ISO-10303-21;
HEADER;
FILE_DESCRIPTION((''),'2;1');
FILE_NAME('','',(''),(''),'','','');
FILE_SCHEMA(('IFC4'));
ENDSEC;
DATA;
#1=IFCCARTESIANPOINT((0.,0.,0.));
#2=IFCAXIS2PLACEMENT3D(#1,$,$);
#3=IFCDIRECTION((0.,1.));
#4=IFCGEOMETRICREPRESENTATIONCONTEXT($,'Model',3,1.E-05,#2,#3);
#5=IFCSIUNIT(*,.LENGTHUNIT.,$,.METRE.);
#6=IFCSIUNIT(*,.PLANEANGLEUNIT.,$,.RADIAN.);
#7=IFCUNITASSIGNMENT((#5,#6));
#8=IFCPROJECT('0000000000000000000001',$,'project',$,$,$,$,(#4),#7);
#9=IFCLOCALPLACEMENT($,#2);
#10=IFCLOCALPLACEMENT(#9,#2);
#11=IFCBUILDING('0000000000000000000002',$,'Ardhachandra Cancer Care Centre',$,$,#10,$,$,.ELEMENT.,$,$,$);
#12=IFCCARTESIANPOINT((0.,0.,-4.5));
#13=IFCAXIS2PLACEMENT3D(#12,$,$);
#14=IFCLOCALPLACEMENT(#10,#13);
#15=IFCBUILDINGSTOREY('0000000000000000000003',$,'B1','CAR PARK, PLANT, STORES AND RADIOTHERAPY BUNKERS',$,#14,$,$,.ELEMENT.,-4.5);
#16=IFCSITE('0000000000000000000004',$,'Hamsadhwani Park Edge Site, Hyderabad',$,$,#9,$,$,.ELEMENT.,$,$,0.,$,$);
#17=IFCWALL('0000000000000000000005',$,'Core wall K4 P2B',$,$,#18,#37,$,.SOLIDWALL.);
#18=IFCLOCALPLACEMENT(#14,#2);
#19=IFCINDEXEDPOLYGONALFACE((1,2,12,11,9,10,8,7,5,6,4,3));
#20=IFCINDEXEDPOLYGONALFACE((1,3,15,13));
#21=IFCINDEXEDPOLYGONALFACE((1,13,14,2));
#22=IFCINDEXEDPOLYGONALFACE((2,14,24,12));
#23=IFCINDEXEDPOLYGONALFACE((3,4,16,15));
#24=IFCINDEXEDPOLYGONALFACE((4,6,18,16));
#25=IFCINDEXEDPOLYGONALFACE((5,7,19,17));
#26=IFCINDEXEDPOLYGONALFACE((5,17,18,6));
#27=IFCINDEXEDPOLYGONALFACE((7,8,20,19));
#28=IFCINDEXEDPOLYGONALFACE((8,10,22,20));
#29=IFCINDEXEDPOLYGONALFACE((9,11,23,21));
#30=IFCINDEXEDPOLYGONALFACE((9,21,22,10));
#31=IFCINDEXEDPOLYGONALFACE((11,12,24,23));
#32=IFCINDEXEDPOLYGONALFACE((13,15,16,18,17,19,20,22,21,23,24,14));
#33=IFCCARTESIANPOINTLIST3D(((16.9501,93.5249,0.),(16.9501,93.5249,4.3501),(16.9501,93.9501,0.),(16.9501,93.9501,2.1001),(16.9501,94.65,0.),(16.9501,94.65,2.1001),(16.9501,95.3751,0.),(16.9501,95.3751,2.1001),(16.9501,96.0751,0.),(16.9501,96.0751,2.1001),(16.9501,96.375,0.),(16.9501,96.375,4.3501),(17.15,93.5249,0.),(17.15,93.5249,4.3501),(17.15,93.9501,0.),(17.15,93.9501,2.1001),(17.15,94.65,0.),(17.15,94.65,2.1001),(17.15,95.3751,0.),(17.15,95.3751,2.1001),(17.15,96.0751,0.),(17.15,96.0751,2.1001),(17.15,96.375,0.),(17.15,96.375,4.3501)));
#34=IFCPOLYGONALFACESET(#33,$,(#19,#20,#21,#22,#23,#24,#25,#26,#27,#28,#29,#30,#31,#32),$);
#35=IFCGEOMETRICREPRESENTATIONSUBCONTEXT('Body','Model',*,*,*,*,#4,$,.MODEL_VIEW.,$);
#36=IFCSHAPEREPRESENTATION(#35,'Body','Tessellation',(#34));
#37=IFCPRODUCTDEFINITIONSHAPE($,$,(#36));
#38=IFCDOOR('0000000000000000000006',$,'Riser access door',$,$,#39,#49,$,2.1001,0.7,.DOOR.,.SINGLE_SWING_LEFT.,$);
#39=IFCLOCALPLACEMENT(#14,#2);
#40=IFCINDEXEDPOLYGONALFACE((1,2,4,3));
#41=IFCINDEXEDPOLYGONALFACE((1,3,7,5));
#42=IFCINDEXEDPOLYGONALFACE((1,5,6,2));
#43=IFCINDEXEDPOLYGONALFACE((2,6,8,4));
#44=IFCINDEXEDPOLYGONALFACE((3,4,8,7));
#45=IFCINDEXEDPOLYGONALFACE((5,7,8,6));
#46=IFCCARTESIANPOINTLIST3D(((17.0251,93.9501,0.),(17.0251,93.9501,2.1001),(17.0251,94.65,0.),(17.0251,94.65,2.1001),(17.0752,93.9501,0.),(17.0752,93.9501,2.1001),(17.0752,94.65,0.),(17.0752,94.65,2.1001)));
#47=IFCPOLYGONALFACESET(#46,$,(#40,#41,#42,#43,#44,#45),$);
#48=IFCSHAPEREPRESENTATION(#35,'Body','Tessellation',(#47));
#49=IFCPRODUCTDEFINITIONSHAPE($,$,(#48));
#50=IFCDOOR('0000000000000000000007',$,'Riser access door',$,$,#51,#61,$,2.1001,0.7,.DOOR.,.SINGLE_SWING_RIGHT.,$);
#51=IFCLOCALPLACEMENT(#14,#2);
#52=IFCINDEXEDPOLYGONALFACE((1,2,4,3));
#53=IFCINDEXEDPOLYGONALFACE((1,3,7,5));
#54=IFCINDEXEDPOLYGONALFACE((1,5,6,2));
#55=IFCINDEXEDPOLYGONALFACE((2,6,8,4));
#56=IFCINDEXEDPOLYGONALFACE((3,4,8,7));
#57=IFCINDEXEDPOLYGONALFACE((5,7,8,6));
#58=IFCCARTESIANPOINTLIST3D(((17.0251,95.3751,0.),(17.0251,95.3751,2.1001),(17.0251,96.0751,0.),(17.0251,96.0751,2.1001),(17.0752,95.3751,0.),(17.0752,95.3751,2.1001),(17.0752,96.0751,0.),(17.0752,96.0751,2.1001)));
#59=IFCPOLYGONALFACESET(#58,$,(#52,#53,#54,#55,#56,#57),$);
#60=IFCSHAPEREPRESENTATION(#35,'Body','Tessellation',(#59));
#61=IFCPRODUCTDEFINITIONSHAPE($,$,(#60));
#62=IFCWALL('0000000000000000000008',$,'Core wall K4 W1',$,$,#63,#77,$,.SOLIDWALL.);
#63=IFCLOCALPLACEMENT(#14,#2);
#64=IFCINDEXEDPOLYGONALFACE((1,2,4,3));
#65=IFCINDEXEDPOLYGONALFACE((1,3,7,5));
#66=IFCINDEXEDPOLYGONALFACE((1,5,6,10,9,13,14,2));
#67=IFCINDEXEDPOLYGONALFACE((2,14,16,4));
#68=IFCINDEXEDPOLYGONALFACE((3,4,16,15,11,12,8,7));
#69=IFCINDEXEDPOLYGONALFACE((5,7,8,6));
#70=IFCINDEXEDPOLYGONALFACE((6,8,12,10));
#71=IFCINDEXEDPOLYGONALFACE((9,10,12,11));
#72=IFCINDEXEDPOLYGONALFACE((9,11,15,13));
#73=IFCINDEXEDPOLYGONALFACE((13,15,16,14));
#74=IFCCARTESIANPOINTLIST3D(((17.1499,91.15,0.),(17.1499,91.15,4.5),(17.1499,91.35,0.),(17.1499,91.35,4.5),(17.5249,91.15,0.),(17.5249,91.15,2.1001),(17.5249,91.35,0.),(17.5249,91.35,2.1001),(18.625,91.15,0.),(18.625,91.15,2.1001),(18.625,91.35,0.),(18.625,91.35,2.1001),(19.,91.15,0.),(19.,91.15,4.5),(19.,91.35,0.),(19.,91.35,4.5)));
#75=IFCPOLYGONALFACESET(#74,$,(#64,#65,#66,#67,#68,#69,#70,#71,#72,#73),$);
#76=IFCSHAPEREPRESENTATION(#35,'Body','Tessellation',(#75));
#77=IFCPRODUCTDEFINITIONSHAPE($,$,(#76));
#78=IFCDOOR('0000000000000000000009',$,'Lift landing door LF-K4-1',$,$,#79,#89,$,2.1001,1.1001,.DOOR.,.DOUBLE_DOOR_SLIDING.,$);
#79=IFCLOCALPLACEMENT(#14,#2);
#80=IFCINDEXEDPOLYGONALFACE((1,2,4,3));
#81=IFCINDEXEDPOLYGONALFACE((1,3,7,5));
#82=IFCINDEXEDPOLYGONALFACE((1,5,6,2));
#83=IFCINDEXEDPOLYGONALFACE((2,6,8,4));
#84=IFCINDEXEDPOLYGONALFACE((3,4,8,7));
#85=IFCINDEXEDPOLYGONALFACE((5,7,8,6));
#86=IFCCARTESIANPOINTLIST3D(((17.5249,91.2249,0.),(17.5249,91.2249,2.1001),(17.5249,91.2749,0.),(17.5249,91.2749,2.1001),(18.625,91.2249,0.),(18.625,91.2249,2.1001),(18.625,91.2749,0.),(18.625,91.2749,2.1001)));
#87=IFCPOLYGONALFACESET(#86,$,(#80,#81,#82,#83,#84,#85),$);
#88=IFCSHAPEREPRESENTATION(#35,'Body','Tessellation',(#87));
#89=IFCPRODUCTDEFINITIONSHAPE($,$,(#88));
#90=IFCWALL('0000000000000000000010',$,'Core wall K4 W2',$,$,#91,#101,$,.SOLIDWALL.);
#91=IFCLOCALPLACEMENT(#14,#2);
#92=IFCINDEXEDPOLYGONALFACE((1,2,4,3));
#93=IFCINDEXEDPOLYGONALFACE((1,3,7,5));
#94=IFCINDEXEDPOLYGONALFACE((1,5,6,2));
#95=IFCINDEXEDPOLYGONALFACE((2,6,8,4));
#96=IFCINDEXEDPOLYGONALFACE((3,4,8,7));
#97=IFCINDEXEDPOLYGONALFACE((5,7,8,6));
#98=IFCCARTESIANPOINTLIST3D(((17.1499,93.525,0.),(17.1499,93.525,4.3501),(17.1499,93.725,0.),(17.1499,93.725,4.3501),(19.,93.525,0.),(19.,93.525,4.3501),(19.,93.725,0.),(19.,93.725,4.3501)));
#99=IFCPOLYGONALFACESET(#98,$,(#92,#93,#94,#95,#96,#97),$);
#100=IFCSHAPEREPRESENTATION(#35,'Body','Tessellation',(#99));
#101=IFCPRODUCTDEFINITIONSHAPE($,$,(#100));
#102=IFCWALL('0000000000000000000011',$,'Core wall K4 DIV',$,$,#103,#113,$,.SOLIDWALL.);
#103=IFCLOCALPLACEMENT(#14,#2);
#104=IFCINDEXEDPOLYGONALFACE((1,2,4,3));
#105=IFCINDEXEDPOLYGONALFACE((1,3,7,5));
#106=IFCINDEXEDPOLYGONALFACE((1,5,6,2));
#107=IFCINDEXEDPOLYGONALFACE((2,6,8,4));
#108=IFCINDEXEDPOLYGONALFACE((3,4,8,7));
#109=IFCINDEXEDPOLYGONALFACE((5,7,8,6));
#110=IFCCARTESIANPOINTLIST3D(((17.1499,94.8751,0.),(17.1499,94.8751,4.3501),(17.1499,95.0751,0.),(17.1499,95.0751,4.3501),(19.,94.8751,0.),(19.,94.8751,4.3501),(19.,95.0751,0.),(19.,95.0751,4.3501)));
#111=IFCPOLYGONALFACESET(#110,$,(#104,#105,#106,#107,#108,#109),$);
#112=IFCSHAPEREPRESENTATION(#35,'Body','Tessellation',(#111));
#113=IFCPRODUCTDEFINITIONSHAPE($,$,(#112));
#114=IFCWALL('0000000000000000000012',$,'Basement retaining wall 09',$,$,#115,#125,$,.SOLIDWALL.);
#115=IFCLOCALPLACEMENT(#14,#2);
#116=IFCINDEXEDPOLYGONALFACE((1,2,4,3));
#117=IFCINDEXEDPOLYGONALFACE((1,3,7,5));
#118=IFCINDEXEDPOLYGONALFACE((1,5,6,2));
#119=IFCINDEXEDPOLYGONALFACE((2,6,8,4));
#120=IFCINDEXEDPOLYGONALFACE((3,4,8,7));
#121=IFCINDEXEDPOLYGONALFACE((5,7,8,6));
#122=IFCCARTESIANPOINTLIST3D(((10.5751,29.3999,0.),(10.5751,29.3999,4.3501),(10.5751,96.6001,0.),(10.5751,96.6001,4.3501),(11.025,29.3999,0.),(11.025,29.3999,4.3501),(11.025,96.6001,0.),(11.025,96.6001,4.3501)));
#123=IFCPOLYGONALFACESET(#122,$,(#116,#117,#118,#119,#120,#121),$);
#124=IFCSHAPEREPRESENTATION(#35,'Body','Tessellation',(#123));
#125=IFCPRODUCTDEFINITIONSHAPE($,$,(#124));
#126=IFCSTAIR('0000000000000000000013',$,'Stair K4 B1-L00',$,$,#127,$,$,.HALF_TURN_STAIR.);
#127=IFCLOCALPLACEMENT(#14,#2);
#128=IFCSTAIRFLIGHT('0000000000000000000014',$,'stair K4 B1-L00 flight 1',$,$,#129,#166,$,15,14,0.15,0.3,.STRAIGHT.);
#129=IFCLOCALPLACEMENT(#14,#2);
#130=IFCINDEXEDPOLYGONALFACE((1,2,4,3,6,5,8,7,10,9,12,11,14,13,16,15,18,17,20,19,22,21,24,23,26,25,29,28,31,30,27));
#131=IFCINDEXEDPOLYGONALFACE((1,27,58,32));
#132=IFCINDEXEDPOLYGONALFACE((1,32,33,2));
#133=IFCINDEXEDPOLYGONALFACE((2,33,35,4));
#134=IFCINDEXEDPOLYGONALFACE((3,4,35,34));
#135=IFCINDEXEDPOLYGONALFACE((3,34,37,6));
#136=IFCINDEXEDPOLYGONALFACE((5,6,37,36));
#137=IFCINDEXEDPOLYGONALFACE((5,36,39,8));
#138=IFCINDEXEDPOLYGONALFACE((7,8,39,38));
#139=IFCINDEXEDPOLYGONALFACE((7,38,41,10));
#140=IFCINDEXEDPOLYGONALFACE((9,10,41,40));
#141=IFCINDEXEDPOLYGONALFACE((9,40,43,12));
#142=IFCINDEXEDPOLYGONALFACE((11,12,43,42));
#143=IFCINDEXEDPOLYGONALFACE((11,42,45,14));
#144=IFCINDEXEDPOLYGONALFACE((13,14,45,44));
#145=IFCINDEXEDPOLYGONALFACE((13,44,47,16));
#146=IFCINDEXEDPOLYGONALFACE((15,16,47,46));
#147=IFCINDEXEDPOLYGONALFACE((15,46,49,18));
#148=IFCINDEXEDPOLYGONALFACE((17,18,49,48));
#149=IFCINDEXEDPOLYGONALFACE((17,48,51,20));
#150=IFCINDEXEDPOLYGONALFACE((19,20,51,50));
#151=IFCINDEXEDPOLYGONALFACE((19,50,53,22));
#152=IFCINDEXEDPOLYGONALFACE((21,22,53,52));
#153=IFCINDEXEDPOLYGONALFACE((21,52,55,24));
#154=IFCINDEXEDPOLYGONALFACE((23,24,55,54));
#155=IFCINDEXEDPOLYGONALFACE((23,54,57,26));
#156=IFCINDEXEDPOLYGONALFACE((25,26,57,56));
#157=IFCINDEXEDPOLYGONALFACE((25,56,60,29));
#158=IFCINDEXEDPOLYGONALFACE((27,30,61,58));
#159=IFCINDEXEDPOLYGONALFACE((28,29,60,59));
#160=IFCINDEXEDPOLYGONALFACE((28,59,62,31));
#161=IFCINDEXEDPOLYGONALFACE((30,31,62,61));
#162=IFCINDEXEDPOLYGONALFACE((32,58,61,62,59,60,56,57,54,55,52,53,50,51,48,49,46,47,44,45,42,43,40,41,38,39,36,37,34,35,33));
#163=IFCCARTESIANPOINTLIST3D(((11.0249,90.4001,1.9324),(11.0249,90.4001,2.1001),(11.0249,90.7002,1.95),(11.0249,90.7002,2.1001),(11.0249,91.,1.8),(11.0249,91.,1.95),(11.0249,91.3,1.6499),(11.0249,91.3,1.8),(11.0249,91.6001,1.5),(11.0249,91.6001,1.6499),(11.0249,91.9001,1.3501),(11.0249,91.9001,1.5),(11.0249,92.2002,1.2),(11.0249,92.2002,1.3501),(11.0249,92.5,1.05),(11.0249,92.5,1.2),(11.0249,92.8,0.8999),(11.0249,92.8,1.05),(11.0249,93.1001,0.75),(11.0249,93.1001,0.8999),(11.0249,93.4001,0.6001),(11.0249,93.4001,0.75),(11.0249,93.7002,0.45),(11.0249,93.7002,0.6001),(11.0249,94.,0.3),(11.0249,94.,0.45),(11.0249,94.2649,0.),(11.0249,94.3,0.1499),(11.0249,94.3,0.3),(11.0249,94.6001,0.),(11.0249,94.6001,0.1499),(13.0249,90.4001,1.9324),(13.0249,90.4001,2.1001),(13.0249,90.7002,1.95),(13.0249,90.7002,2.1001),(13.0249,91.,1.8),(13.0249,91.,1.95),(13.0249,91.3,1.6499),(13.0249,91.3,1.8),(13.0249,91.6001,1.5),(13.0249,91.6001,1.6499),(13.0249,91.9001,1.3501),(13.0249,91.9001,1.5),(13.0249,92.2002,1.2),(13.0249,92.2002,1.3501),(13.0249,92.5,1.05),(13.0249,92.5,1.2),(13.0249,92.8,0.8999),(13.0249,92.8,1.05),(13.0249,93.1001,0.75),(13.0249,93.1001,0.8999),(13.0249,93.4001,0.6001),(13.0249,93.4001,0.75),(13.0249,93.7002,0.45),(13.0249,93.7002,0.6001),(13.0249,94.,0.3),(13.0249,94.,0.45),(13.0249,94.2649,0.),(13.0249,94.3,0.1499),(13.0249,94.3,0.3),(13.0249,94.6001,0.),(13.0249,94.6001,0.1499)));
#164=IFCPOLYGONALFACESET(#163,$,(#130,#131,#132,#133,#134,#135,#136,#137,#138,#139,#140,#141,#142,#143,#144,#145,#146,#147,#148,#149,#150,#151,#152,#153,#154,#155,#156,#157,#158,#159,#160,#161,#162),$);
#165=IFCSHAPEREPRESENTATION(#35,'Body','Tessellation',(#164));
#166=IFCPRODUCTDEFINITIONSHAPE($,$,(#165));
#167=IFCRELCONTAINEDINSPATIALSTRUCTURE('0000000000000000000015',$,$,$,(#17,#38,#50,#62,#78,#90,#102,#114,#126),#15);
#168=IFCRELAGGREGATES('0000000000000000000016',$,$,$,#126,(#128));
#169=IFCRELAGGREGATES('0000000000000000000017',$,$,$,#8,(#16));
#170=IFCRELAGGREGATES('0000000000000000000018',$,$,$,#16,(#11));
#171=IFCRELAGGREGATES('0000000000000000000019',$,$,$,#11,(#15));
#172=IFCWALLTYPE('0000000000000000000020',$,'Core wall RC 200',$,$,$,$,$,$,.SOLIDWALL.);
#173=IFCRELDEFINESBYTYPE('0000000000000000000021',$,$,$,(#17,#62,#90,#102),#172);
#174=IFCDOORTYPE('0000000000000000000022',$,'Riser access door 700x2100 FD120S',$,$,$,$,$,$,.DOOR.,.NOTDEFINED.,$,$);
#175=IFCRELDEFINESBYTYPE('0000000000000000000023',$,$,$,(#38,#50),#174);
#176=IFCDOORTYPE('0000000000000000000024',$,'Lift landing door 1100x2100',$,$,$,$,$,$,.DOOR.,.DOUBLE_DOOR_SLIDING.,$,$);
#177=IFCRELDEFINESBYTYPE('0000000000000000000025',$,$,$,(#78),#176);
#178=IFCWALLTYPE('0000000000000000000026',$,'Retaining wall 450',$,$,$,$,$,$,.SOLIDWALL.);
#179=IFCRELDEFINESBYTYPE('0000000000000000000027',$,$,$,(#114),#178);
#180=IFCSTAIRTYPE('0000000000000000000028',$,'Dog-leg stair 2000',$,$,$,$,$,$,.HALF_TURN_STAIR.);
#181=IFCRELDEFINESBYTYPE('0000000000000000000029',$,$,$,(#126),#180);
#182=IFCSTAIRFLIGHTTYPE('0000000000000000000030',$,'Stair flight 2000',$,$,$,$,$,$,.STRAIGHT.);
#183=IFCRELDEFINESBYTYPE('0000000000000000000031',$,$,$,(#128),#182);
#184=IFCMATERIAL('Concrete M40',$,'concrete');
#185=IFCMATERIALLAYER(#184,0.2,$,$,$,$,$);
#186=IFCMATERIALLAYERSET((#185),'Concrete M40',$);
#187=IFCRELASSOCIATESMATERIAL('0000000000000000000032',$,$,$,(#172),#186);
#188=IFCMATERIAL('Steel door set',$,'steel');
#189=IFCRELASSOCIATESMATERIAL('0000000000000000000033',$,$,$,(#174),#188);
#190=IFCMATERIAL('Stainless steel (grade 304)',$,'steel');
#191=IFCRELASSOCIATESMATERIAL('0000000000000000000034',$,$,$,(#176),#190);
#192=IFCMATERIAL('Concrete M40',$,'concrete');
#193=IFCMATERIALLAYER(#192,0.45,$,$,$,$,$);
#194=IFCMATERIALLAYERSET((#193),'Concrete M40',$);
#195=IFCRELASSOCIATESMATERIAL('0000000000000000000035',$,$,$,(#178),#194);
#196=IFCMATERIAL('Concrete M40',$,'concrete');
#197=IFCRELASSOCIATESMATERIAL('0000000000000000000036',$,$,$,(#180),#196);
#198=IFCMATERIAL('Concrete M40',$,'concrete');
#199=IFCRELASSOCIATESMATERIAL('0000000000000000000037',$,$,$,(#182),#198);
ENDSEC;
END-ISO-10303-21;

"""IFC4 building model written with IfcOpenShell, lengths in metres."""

from ifc_helpers import new_model, si_unit, direction, frame, frame_2d, origin, place, context, subcontext, project, spatial, polyline, rectangle, outline, extrude, material, layer, layer_set, type_object, element, fill, aggregate, save


model = new_model("IFC4")

# Units and contexts
model_context = context("Model", 3, precision=1e-05, world=origin(), true_north=direction((0.0, 1.0)))
body_context = subcontext(model_context, "Body", "Model", "MODEL_VIEW")
ifc_project = project(units=[si_unit("LENGTHUNIT", "METRE"), si_unit("PLANEANGLEUNIT", "RADIAN")], contexts=[model_context])

# Site, building, storey
site_placement = place(None, origin())
site = spatial("IfcSite", under=ifc_project, at=site_placement, Name="Hamsadhwani Park Edge Site, Hyderabad", CompositionType="ELEMENT", RefElevation=0.0)
building_placement = place(site_placement, origin())
building = spatial("IfcBuilding", under=site, at=building_placement, Name="Ardhachandra Cancer Care Centre", CompositionType="ELEMENT")
storey_placement = place(building_placement, frame((0.0, 0.0, -4.5)))
storey = spatial("IfcBuildingStorey", under=building, at=storey_placement, Name="B1", Description="CAR PARK, PLANT, STORES AND RADIOTHERAPY BUNKERS", CompositionType="ELEMENT", Elevation=-4.5)

# Wall, openings, doors
ifc_material_1 = material(Name="Concrete M40", Category="concrete")
ifc_layer_1 = layer(ifc_material_1, 0.2)
ifc_layer_set_1 = layer_set([ifc_layer_1], Name="Concrete M40")
wall_type_1 = type_object("IfcWallType", Name="Core wall RC 200", PredefinedType="SOLIDWALL", material=ifc_layer_set_1)
wall_1_placement = place(storey_placement, frame((17.05, 93.5249, 0.0), z_axis=(0.0, 0.0, 1.0), x_axis=(0.0, 1.0, 0.0)))
wall_1 = element("IfcWall", 1, at=wall_1_placement, inside=storey, type_object=wall_type_1, Name="Core wall K4 P2B", PredefinedType="SOLIDWALL", context=body_context, shape_type="SweptSolid", body=[
    extrude(rectangle(XDim=2.8501, YDim=0.2, at=frame_2d((1.425, 0.0))), origin(), (0.0, 0.0, 1.0), 4.3501),
])
opening_1_placement = place(wall_1_placement, frame((0.425, 0.0, 0.0)))
opening_1 = element("IfcOpeningElement", 2, at=opening_1_placement, cuts=wall_1, PredefinedType="OPENING", context=body_context, shape_type="SweptSolid", body=[
    extrude(rectangle(XDim=0.7, YDim=2.1001, at=frame_2d((0.3501, 1.05))), frame((0.0, 0.1099, 0.0), z_axis=(0.0, -1.0, 0.0), x_axis=(1.0, 0.0, 0.0)), (0.0, 0.0, 1.0), 0.22),
])
opening_2_placement = place(wall_1_placement, frame((1.8501, 0.0, 0.0)))
opening_2 = element("IfcOpeningElement", 3, at=opening_2_placement, cuts=wall_1, PredefinedType="OPENING", context=body_context, shape_type="SweptSolid", body=[
    extrude(rectangle(XDim=0.7, YDim=2.1001, at=frame_2d((0.3501, 1.05))), frame((0.0, 0.1099, 0.0), z_axis=(0.0, -1.0, 0.0), x_axis=(1.0, 0.0, 0.0)), (0.0, 0.0, 1.0), 0.22),
])
ifc_material_2 = material(Name="Steel door set", Category="steel")
door_type_1 = type_object("IfcDoorType", Name="Riser access door 700x2100 FD120S", OperationType="NOTDEFINED", PredefinedType="DOOR", material=ifc_material_2)
door_1_placement = place(opening_1_placement, origin())
door_1 = element("IfcDoor", 4, at=door_1_placement, inside=storey, type_object=door_type_1, Name="Riser access door", OperationType="SINGLE_SWING_LEFT", OverallHeight=2.1001, OverallWidth=0.7, PredefinedType="DOOR", context=body_context, shape_type="SweptSolid", body=[
    extrude(rectangle(XDim=0.7, YDim=2.1001, at=frame_2d((0.3501, 1.05))), frame((0.0, 0.0249, 0.0), z_axis=(0.0, -1.0, 0.0), x_axis=(1.0, 0.0, 0.0)), (0.0, 0.0, 1.0), 0.05),
])
fill(opening_1, door_1)
door_2_placement = place(opening_2_placement, origin())
door_2 = element("IfcDoor", 5, at=door_2_placement, inside=storey, type_object=door_type_1, Name="Riser access door", OperationType="SINGLE_SWING_RIGHT", OverallHeight=2.1001, OverallWidth=0.7, PredefinedType="DOOR", context=body_context, shape_type="SweptSolid", body=[
    extrude(rectangle(XDim=0.7, YDim=2.1001, at=frame_2d((0.3501, 1.05))), frame((0.0, 0.0249, 0.0), z_axis=(0.0, -1.0, 0.0), x_axis=(1.0, 0.0, 0.0)), (0.0, 0.0, 1.0), 0.05),
])
fill(opening_2, door_2)

# Wall, opening, door
wall_2_placement = place(storey_placement, frame((17.1499, 91.25, 0.0), z_axis=(0.0, 0.0, 1.0), x_axis=(1.0, 0.0, 0.0)))
wall_2 = element("IfcWall", 6, at=wall_2_placement, inside=storey, type_object=wall_type_1, Name="Core wall K4 W1", PredefinedType="SOLIDWALL", context=body_context, shape_type="SweptSolid", body=[
    extrude(rectangle(XDim=1.8501, YDim=0.2, at=frame_2d((0.925, 0.0))), origin(), (0.0, 0.0, 1.0), 4.5),
])
opening_3_placement = place(wall_2_placement, frame((0.375, 0.0, 0.0)))
opening_3 = element("IfcOpeningElement", 7, at=opening_3_placement, cuts=wall_2, PredefinedType="OPENING", context=body_context, shape_type="SweptSolid", body=[
    extrude(rectangle(XDim=1.1001, YDim=2.1001, at=frame_2d((0.55, 1.05))), frame((0.0, 0.1099, 0.0), z_axis=(0.0, -1.0, 0.0), x_axis=(1.0, 0.0, 0.0)), (0.0, 0.0, 1.0), 0.22),
])
ifc_material_3 = material(Name="Stainless steel (grade 304)", Category="steel")
door_type_2 = type_object("IfcDoorType", Name="Lift landing door 1100x2100", OperationType="DOUBLE_DOOR_SLIDING", PredefinedType="DOOR", material=ifc_material_3)
door_3_placement = place(opening_3_placement, origin())
door_3 = element("IfcDoor", 8, at=door_3_placement, inside=storey, type_object=door_type_2, Name="Lift landing door LF-K4-1", OperationType="DOUBLE_DOOR_SLIDING", OverallHeight=2.1001, OverallWidth=1.1001, PredefinedType="DOOR", context=body_context, shape_type="SweptSolid", body=[
    extrude(rectangle(XDim=1.1001, YDim=2.1001, at=frame_2d((0.55, 1.05))), frame((0.0, 0.0249, 0.0), z_axis=(0.0, -1.0, 0.0), x_axis=(1.0, 0.0, 0.0)), (0.0, 0.0, 1.0), 0.05),
])
fill(opening_3, door_3)

# Walls
for number, where, z_axis, x_axis, name in (
    (9, (17.1499, 93.625, 0.0), (0.0, 0.0, 1.0), (1.0, 0.0, 0.0), "Core wall K4 W2"),
    (10, (17.1499, 94.9751, 0.0), (0.0, 0.0, 1.0), (1.0, 0.0, 0.0), "Core wall K4 DIV"),
):
    element("IfcWall", number, at=place(storey_placement, frame(where, z_axis=z_axis, x_axis=x_axis)), inside=storey, type_object=wall_type_1, Name=name, PredefinedType="SOLIDWALL", context=body_context, shape_type="SweptSolid", body=[
        extrude(rectangle(XDim=1.8501, YDim=0.2, at=frame_2d((0.925, 0.0))), origin(), (0.0, 0.0, 1.0), 4.3501),
    ])
ifc_material_4 = material(Name="Concrete M40", Category="concrete")
ifc_layer_2 = layer(ifc_material_4, 0.45)
ifc_layer_set_2 = layer_set([ifc_layer_2], Name="Concrete M40")
wall_type_2 = type_object("IfcWallType", Name="Retaining wall 450", PredefinedType="SOLIDWALL", material=ifc_layer_set_2)
wall_3_placement = place(storey_placement, frame((10.8, 96.6001, 0.0), z_axis=(0.0, 0.0, 1.0), x_axis=(0.0, -1.0, 0.0)))
element("IfcWall", 11, at=wall_3_placement, inside=storey, type_object=wall_type_2, Name="Basement retaining wall 09", PredefinedType="SOLIDWALL", context=body_context, shape_type="SweptSolid", body=[
    extrude(rectangle(XDim=67.2002, YDim=0.45, at=frame_2d((33.6001, 0.0))), origin(), (0.0, 0.0, 1.0), 4.3501),
])

# Stair, stair flight
ifc_material_5 = material(Name="Concrete M40", Category="concrete")
stair_type = type_object("IfcStairType", Name="Dog-leg stair 2000", PredefinedType="HALF_TURN_STAIR", material=ifc_material_5)
stair_placement = place(storey_placement, origin())
stair = element("IfcStair", 12, at=stair_placement, inside=storey, type_object=stair_type, Name="Stair K4 B1-L00", PredefinedType="HALF_TURN_STAIR")
ifc_material_6 = material(Name="Concrete M40", Category="concrete")
stair_flight_type = type_object("IfcStairFlightType", Name="Stair flight 2000", PredefinedType="STRAIGHT", material=ifc_material_6)
stair_flight_1_placement = place(storey_placement, frame((12.0249, 94.6001, 0.0), z_axis=(0.0, 0.0, 1.0), x_axis=(0.0, -1.0, 0.0)))
stair_flight_1 = element("IfcStairFlight", 13, at=stair_flight_1_placement, type_object=stair_flight_type, Name="stair K4 B1-L00 flight 1", NumberOfRisers=15, NumberOfTreads=14, PredefinedType="STRAIGHT", RiserHeight=0.15, TreadLength=0.3, context=body_context, shape_type="SweptSolid", body=[
    extrude(outline(polyline([(0.0, 0.0), (0.0, 0.1499), (0.3, 0.1499), (0.3, 0.3), (0.6001, 0.3), (0.6001, 0.45), (0.8999, 0.45), (0.8999, 0.6001), (1.2, 0.6001), (1.2, 0.75), (1.5, 0.75), (1.5, 0.8999), (1.8, 0.8999), (1.8, 1.05), (2.1001, 1.05), (2.1001, 1.2), (2.3999, 1.2), (2.3999, 1.3501), (2.7, 1.3501), (2.7, 1.5), (3.0, 1.5), (3.0, 1.6499), (3.3, 1.6499), (3.3, 1.8), (3.6001, 1.8), (3.6001, 1.95), (3.8999, 1.95), (3.8999, 2.1001), (4.2, 2.1001), (4.2, 2.25), (4.2, 1.9324), (0.3352, 0.0), (0.0, 0.0)])), frame((0.0, 1.0, 0.0), z_axis=(0.0, -1.0, 0.0), x_axis=(1.0, 0.0, 0.0)), (0.0, 0.0, 1.0), 2.0),
])
aggregate(stair, [stair_flight_1])

save(model, "model.ifc")
